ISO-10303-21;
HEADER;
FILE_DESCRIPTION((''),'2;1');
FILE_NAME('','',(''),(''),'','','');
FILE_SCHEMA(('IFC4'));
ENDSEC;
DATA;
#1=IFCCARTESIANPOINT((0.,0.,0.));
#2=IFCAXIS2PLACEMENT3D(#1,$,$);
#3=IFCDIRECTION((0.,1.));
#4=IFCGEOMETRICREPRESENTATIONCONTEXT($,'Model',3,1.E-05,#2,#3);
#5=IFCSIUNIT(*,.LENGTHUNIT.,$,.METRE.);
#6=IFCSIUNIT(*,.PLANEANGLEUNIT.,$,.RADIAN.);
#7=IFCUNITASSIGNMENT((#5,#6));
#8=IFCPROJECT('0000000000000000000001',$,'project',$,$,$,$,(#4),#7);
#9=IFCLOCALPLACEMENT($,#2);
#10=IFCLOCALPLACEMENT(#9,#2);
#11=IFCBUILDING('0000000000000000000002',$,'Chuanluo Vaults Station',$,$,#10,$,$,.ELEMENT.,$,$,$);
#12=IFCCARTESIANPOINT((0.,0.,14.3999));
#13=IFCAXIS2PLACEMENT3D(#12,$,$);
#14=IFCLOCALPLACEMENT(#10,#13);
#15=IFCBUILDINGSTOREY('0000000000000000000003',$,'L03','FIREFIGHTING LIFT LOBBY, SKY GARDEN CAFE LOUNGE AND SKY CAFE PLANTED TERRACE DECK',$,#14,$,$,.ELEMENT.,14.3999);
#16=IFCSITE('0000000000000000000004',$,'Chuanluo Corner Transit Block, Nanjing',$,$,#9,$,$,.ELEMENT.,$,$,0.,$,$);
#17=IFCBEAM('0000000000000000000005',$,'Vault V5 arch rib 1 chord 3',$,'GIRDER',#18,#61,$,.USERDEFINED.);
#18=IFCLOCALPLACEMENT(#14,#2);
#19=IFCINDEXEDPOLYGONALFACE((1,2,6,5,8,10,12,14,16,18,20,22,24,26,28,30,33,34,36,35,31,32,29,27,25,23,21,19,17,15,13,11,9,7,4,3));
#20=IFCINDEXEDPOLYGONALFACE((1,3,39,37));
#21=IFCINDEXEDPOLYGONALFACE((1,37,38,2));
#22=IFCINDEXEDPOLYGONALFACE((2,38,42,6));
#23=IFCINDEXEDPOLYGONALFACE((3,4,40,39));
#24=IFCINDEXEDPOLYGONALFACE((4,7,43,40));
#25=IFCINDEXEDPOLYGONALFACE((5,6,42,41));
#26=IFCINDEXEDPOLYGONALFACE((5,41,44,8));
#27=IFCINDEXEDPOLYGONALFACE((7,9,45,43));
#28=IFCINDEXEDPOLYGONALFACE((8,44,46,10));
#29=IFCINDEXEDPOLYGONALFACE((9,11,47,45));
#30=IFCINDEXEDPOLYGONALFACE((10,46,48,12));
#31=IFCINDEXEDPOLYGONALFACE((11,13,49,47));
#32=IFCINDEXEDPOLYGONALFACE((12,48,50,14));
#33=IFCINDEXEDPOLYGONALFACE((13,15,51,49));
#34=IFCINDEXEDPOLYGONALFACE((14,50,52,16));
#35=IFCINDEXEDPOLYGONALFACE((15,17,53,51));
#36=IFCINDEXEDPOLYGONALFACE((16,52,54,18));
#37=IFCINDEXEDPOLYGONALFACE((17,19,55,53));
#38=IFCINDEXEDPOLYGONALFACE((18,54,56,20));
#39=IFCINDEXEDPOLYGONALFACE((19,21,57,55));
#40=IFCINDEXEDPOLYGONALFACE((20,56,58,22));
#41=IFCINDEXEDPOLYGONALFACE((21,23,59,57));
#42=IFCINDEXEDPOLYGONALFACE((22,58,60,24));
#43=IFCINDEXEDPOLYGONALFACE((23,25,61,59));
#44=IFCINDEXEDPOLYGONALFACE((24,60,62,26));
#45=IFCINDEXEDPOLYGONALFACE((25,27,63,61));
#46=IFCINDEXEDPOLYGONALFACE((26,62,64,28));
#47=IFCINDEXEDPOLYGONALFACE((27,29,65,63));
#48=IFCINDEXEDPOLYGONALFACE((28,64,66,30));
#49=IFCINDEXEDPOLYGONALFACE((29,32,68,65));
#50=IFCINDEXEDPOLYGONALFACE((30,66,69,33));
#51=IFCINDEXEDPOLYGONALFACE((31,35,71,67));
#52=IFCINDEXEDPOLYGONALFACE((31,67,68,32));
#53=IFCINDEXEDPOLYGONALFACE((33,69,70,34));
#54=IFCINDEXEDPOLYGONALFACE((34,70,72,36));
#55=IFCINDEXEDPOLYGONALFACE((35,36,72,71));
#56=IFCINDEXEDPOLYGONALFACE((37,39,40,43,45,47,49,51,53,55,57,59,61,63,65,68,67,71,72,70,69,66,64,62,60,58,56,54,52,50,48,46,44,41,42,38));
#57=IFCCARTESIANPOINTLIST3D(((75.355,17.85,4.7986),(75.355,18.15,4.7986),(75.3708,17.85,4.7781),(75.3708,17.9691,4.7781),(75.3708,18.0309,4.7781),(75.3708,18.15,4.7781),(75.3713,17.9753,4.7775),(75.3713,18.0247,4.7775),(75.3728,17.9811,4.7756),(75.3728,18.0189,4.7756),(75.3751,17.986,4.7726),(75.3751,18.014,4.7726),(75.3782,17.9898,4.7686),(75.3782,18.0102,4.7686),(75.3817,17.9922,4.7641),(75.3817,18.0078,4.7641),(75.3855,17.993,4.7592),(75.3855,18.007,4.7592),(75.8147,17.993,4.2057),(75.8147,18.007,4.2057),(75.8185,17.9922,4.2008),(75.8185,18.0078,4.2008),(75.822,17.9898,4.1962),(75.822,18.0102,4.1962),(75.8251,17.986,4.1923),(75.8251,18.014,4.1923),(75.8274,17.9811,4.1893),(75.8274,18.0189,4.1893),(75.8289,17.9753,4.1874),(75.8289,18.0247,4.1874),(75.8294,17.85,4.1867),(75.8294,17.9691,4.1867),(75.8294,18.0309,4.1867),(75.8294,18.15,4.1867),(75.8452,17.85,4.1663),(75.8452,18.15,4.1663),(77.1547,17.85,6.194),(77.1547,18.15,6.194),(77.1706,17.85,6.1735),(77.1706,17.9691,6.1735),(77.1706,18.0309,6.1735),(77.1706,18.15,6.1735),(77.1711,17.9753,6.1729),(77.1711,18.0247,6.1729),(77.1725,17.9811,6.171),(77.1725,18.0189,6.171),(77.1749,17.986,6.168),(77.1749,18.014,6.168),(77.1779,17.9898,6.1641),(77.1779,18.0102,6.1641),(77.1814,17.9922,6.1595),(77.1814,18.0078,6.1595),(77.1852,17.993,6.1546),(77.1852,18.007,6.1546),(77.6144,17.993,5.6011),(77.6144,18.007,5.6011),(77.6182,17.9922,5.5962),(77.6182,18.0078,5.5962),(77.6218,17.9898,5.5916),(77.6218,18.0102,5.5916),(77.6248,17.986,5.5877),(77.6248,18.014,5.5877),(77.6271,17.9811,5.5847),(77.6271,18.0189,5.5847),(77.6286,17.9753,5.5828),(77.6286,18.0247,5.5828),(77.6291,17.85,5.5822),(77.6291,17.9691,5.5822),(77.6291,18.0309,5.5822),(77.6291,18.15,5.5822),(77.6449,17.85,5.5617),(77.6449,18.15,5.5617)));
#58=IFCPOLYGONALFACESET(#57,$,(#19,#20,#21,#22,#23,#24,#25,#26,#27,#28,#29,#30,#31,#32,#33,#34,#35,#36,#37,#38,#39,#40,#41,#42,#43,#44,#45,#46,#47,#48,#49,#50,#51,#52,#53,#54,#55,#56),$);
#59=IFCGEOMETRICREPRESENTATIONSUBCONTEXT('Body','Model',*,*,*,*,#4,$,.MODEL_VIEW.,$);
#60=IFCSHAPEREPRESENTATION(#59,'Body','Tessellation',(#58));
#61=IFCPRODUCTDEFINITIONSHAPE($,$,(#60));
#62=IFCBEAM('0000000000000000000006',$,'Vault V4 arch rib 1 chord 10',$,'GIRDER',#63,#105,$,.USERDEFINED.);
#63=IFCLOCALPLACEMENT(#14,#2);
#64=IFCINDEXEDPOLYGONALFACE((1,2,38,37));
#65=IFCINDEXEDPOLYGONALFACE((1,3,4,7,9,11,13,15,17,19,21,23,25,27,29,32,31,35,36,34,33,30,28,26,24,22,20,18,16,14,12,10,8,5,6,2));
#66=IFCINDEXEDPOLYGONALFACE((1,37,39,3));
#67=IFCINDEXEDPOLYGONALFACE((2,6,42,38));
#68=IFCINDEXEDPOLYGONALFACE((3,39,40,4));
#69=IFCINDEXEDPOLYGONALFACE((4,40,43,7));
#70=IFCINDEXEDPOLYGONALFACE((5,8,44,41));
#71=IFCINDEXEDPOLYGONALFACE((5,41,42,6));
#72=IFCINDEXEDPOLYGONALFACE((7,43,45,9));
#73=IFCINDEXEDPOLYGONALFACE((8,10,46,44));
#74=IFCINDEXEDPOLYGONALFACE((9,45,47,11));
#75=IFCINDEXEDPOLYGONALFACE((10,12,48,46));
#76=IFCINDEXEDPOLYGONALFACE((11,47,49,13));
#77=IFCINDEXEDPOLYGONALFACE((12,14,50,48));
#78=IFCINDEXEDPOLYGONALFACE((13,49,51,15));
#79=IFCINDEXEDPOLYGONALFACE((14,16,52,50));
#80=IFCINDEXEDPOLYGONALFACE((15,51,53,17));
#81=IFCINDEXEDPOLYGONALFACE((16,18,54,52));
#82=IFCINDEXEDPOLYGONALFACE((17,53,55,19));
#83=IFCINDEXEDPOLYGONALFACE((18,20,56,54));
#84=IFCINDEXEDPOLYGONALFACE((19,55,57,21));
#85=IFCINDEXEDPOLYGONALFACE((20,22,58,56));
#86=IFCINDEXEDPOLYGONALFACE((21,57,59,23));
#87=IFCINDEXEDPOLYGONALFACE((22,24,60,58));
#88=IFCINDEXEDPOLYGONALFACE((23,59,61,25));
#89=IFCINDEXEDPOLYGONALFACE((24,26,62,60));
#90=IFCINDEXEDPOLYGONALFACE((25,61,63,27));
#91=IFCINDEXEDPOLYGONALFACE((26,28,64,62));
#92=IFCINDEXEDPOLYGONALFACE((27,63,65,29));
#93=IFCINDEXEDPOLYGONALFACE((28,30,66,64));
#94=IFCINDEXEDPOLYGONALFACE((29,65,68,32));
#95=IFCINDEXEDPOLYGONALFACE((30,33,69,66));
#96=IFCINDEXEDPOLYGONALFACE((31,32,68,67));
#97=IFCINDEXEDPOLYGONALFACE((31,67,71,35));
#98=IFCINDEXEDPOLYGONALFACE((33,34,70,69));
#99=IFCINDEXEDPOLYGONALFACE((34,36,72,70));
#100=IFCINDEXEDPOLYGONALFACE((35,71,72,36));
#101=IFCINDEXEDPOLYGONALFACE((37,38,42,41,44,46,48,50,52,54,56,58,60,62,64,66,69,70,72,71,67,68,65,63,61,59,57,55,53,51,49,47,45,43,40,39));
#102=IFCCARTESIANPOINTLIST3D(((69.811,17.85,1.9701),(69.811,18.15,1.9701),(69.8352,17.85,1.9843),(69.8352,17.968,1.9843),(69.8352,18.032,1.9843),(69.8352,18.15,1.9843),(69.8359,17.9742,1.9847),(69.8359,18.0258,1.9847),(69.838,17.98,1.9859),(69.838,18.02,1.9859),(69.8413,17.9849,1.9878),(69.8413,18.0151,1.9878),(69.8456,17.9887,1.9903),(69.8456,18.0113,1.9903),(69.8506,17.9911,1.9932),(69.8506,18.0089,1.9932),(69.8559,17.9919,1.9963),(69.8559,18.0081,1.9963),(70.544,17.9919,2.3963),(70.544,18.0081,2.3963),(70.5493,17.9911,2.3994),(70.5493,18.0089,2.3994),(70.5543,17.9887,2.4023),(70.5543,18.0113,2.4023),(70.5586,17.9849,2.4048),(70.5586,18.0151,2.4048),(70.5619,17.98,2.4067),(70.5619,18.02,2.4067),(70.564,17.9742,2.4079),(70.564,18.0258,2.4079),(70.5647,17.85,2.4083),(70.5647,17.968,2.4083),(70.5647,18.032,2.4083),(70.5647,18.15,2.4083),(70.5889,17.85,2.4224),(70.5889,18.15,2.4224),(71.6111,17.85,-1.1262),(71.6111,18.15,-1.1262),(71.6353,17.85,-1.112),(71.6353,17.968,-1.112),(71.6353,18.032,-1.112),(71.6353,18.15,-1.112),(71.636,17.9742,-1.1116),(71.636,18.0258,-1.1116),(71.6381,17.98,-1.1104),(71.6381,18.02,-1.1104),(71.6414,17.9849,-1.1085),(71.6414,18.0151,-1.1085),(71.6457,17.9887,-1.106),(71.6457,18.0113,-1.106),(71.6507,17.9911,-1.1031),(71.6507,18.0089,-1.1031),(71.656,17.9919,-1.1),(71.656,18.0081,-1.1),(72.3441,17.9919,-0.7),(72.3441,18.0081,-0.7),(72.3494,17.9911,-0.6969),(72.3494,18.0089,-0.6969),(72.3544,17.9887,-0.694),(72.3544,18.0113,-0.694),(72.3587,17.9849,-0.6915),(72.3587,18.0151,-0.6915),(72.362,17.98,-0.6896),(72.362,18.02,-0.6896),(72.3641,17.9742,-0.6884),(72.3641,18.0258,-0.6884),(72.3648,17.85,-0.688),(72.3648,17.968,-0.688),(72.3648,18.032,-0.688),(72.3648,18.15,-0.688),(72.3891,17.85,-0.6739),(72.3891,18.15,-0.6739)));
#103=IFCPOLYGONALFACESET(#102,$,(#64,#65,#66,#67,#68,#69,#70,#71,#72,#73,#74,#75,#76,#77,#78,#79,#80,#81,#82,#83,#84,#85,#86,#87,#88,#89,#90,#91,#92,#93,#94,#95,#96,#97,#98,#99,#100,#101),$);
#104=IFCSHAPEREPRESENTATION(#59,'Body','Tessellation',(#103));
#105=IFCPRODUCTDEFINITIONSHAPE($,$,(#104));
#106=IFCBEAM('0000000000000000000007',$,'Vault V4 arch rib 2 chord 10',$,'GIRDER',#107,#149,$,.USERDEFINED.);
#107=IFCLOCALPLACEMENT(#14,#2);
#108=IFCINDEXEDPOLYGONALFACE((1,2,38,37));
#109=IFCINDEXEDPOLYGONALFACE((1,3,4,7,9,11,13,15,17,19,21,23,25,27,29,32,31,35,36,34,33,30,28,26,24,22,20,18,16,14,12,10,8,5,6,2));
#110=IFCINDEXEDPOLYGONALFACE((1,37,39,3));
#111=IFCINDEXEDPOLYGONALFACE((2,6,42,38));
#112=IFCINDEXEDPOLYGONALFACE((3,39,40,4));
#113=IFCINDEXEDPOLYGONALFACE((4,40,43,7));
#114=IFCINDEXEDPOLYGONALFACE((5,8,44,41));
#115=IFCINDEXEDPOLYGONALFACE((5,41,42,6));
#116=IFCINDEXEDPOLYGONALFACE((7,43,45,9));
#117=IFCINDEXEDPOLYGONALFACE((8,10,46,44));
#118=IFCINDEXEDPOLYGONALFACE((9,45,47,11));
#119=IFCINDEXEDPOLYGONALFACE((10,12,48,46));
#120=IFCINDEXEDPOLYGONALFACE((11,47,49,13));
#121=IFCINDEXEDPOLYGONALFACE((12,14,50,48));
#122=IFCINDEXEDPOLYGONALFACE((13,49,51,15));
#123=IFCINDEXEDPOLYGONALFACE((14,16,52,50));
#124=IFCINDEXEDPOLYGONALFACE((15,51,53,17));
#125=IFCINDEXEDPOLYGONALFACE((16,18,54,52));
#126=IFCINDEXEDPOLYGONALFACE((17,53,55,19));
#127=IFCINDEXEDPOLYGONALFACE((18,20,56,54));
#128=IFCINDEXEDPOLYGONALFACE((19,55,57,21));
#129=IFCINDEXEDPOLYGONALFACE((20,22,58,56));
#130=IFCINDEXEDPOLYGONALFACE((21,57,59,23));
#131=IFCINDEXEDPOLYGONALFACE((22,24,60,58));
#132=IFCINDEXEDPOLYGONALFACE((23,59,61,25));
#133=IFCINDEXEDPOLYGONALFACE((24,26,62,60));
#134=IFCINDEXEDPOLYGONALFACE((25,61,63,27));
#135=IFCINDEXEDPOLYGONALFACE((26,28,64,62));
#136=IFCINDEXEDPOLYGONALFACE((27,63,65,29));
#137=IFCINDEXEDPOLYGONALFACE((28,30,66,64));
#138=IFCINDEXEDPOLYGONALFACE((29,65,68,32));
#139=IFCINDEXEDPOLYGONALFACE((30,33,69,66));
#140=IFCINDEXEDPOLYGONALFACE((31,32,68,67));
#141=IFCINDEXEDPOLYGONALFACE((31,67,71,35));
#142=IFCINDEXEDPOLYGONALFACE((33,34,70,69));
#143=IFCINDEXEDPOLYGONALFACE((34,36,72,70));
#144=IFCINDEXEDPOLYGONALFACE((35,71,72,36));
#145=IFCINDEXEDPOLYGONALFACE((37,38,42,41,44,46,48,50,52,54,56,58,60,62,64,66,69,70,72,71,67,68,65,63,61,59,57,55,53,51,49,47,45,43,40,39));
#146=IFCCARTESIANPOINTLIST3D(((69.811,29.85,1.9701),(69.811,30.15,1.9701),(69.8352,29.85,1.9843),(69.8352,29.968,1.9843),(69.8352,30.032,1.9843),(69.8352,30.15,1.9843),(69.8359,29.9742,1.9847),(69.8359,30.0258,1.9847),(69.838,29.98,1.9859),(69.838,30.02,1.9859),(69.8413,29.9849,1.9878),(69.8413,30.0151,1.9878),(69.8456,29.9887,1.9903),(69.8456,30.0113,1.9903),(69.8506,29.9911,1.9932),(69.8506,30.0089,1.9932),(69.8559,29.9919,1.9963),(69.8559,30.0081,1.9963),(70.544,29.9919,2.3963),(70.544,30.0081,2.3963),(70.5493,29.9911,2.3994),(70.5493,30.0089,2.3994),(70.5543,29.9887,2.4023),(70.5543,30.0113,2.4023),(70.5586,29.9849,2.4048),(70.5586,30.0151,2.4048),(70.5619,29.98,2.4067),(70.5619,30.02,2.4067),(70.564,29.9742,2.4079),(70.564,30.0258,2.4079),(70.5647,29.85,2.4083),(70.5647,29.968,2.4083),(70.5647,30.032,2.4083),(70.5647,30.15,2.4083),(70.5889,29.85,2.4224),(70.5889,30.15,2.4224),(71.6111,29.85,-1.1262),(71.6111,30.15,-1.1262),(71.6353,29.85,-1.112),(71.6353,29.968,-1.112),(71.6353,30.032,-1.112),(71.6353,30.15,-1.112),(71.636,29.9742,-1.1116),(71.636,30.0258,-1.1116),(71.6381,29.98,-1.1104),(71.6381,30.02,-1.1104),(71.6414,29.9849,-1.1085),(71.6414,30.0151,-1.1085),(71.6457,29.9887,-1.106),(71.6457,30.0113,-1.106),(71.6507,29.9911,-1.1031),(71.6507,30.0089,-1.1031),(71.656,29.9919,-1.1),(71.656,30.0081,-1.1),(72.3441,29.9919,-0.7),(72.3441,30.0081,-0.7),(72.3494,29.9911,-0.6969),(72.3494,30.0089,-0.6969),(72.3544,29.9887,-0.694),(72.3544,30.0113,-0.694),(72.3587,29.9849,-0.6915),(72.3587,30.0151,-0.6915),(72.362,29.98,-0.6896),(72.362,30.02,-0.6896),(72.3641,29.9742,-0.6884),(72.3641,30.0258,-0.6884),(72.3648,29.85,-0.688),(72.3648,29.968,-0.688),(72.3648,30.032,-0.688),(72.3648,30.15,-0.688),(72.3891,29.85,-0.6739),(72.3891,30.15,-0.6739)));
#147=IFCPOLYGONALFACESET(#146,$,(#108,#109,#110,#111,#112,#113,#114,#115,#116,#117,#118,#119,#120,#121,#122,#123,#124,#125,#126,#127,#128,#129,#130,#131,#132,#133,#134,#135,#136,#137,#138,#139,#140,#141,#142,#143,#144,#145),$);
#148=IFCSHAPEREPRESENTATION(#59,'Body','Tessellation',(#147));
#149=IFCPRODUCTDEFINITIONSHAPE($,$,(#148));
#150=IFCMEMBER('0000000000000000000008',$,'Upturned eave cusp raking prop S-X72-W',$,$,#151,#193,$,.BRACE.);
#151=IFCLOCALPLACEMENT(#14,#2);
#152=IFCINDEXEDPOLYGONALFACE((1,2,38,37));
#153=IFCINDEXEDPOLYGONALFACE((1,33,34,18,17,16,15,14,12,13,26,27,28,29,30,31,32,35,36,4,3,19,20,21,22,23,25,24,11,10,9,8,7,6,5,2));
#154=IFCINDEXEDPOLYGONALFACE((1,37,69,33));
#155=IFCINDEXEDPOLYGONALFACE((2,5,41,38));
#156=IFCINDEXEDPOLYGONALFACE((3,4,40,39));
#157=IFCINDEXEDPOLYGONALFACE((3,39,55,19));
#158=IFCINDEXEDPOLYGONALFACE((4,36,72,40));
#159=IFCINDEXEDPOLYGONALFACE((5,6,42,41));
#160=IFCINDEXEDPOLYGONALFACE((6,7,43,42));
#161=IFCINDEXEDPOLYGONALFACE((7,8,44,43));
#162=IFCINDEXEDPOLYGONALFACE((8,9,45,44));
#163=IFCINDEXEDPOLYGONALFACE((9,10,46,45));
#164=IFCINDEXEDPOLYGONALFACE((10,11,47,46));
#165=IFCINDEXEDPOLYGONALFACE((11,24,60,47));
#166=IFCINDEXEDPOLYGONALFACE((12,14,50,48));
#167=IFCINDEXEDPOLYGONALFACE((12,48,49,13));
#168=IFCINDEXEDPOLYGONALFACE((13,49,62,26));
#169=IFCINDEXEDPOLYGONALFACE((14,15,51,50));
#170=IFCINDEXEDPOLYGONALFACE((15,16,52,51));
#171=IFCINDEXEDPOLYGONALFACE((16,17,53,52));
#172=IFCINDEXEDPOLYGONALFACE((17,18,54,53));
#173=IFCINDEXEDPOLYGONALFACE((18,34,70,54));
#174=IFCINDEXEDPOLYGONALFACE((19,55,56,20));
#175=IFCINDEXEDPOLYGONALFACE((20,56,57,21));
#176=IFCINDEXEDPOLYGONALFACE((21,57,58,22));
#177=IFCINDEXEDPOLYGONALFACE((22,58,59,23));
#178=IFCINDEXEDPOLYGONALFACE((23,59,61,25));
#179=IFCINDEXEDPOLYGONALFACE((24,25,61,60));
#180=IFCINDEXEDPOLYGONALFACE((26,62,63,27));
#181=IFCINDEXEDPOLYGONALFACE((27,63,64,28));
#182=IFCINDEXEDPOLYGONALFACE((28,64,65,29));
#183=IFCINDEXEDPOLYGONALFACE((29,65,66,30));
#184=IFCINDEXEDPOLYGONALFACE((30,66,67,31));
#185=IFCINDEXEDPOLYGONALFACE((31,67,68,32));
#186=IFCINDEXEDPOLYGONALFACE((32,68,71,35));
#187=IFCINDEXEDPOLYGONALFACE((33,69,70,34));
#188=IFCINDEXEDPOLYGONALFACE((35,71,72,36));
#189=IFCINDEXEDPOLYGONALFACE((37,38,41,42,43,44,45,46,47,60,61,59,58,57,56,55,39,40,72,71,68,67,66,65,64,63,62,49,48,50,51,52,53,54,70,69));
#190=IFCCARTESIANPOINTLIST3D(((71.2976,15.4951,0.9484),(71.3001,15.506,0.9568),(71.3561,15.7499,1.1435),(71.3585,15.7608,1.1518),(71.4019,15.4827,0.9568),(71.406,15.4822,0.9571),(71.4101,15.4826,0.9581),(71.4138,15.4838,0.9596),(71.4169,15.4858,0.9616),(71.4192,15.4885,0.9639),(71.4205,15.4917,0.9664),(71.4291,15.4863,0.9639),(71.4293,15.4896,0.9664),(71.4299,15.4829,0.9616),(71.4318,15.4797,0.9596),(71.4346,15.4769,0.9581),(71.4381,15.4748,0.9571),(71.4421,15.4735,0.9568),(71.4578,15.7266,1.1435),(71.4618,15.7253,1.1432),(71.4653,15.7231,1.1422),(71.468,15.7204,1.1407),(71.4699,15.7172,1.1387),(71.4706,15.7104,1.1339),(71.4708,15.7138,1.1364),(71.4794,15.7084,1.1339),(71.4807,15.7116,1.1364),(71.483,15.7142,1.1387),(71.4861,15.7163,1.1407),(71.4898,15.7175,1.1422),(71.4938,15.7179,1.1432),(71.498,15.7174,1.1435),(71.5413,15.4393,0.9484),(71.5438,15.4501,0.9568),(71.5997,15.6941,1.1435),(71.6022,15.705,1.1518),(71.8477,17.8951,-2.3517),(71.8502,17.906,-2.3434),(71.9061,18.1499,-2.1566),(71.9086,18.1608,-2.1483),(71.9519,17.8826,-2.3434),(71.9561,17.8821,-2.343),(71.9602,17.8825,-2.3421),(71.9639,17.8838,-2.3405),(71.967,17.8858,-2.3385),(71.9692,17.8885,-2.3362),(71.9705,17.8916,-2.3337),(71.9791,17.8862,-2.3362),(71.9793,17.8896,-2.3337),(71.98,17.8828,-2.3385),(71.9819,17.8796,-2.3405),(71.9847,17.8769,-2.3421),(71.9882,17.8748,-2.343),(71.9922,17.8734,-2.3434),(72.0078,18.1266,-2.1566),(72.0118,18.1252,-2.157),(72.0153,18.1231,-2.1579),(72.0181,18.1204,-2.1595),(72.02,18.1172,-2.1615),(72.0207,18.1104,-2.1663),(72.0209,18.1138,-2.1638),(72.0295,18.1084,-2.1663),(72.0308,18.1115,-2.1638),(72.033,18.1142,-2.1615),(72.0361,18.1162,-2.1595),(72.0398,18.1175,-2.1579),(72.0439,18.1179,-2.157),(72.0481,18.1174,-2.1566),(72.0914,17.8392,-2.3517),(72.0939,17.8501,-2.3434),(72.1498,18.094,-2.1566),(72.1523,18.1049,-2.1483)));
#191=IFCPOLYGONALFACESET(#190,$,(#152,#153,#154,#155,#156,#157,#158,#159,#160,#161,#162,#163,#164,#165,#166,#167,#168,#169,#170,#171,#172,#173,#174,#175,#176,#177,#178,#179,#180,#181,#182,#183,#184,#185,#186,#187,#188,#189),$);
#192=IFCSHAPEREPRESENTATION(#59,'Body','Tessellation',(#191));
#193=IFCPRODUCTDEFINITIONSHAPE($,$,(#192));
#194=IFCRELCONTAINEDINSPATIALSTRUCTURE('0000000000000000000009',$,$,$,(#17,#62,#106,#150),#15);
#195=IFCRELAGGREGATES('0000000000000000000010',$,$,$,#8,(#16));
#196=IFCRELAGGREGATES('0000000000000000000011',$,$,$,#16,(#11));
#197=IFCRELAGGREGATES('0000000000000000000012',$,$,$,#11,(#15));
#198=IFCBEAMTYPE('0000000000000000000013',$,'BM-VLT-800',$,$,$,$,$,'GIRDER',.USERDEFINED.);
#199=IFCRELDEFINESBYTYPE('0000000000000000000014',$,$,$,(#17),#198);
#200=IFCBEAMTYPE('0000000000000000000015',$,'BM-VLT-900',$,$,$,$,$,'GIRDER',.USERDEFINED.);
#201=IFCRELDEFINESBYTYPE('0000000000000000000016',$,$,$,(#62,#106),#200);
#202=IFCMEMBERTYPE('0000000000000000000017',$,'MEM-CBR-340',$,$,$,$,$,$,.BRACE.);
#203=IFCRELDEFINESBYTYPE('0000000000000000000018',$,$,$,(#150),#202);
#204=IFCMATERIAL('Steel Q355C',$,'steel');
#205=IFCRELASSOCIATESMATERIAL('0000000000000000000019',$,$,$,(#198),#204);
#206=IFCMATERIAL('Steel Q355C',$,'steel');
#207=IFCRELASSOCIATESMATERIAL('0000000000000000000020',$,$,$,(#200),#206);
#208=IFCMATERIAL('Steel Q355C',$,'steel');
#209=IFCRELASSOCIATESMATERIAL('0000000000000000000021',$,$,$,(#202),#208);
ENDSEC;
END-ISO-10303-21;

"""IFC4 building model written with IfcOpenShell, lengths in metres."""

from ifc_helpers import new_model, si_unit, direction, frame, origin, origin_2d, place, context, subcontext, project, spatial, i_section, extrude, material, material_profile, profile_set, type_object, element, save


model = new_model("IFC4")

# Units and contexts
model_context = context("Model", 3, precision=1e-05, world=origin(), true_north=direction((0.0, 1.0)))
body_context = subcontext(model_context, "Body", "Model", "MODEL_VIEW")
ifc_project = project(units=[si_unit("LENGTHUNIT", "METRE"), si_unit("PLANEANGLEUNIT", "RADIAN")], contexts=[model_context])

# Site, building, storey
site_placement = place(None, origin())
site = spatial("IfcSite", under=ifc_project, at=site_placement, Name="Chuanluo Corner Transit Block, Nanjing", CompositionType="ELEMENT", RefElevation=0.0)
building_placement = place(site_placement, origin())
building = spatial("IfcBuilding", under=site, at=building_placement, Name="Chuanluo Vaults Station", CompositionType="ELEMENT")
storey_placement = place(building_placement, frame((0.0, 0.0, 14.3999)))
storey = spatial("IfcBuildingStorey", under=building, at=storey_placement, Name="L03", Description="FIREFIGHTING LIFT LOBBY, SKY GARDEN CAFE LOUNGE AND SKY CAFE PLANTED TERRACE DECK", CompositionType="ELEMENT", Elevation=14.3999)

# Beams
ifc_material_1 = material(Name="Steel Q355C", Category="steel")
ifc_material_profile_1 = material_profile(ifc_material_1, i_section(OverallWidth=0.3, OverallDepth=0.8, WebThickness=0.0139, FlangeThickness=0.0259, FilletRadius=0.0239, at=origin_2d()))
ifc_profile_set_1 = profile_set([ifc_material_profile_1], Name="Steel Q355C")
beam_type_1 = type_object("IfcBeamType", Name="BM-VLT-800", ElementType="GIRDER", PredefinedType="USERDEFINED", material=ifc_profile_set_1)
beam_1_placement = place(storey_placement, frame((75.6001, 18.0, 4.4824), z_axis=(0.790275, 0.0, 0.612752), x_axis=(0.0, 1.0, 0.0)))
element("IfcBeam", 1, at=beam_1_placement, inside=storey, type_object=beam_type_1, Name="Vault V5 arch rib 1 chord 3", ObjectType="GIRDER", PredefinedType="USERDEFINED", context=body_context, shape_type="SweptSolid", body=[
    extrude(i_section(OverallWidth=0.3, OverallDepth=0.8, WebThickness=0.0139, FlangeThickness=0.0259, FilletRadius=0.0239, at=origin_2d()), origin(), (0.0, 0.0, 1.0), 2.2773),
])
ifc_material_2 = material(Name="Steel Q355C", Category="steel")
ifc_material_profile_2 = material_profile(ifc_material_2, i_section(OverallWidth=0.3, OverallDepth=0.8999, WebThickness=0.0161, FlangeThickness=0.0281, FilletRadius=0.0239, at=origin_2d()))
ifc_profile_set_2 = profile_set([ifc_material_profile_2], Name="Steel Q355C")
beam_type_2 = type_object("IfcBeamType", Name="BM-VLT-900", ElementType="GIRDER", PredefinedType="USERDEFINED", material=ifc_profile_set_2)
for number, where, z_axis, x_axis, name in (
    (2, (70.2, 18.0, 2.1963), (0.502607, 0.0, -0.864515), (0.0, 1.0, 0.0), "Vault V4 arch rib 1 chord 10"),
    (3, (70.2, 30.0, 2.1963), (0.502607, 0.0, -0.864515), (0.0, 1.0, 0.0), "Vault V4 arch rib 2 chord 10"),
):
    element("IfcBeam", number, at=place(storey_placement, frame(where, z_axis=z_axis, x_axis=x_axis)), inside=storey, type_object=beam_type_2, Name=name, ObjectType="GIRDER", PredefinedType="USERDEFINED", context=body_context, shape_type="SweptSolid", body=[
        extrude(i_section(OverallWidth=0.3, OverallDepth=0.8999, WebThickness=0.0161, FlangeThickness=0.0281, FilletRadius=0.0239, at=origin_2d()), origin(), (0.0, 0.0, 1.0), 3.5815),
    ])

# Member
ifc_material_3 = material(Name="Steel Q355C", Category="steel")
ifc_material_profile_3 = material_profile(ifc_material_3, i_section(OverallWidth=0.25, OverallDepth=0.3401, WebThickness=0.009, FlangeThickness=0.0139, FilletRadius=0.0161, at=origin_2d()))
ifc_profile_set_3 = profile_set([ifc_material_profile_3], Name="Steel Q355C")
member_type_1 = type_object("IfcMemberType", Name="MEM-CBR-340", PredefinedType="BRACE", material=ifc_profile_set_3)
for number, where, z_axis, x_axis, name in (
    (4, (72.0, 18.0, -2.25), (-0.133594, -0.582878, 0.801502), (0.974726, -0.223404, 0.0), "Upturned eave cusp raking prop S-X72-W"),
):
    element("IfcMember", number, at=place(storey_placement, frame(where, z_axis=z_axis, x_axis=x_axis)), inside=storey, type_object=member_type_1, Name=name, PredefinedType="BRACE", context=body_context, shape_type="SweptSolid", body=[
        extrude(i_section(OverallWidth=0.25, OverallDepth=0.3401, WebThickness=0.009, FlangeThickness=0.0139, FilletRadius=0.0161, at=origin_2d()), origin(), (0.0, 0.0, 1.0), 4.1174),
    ])

save(model, "model.ifc")
